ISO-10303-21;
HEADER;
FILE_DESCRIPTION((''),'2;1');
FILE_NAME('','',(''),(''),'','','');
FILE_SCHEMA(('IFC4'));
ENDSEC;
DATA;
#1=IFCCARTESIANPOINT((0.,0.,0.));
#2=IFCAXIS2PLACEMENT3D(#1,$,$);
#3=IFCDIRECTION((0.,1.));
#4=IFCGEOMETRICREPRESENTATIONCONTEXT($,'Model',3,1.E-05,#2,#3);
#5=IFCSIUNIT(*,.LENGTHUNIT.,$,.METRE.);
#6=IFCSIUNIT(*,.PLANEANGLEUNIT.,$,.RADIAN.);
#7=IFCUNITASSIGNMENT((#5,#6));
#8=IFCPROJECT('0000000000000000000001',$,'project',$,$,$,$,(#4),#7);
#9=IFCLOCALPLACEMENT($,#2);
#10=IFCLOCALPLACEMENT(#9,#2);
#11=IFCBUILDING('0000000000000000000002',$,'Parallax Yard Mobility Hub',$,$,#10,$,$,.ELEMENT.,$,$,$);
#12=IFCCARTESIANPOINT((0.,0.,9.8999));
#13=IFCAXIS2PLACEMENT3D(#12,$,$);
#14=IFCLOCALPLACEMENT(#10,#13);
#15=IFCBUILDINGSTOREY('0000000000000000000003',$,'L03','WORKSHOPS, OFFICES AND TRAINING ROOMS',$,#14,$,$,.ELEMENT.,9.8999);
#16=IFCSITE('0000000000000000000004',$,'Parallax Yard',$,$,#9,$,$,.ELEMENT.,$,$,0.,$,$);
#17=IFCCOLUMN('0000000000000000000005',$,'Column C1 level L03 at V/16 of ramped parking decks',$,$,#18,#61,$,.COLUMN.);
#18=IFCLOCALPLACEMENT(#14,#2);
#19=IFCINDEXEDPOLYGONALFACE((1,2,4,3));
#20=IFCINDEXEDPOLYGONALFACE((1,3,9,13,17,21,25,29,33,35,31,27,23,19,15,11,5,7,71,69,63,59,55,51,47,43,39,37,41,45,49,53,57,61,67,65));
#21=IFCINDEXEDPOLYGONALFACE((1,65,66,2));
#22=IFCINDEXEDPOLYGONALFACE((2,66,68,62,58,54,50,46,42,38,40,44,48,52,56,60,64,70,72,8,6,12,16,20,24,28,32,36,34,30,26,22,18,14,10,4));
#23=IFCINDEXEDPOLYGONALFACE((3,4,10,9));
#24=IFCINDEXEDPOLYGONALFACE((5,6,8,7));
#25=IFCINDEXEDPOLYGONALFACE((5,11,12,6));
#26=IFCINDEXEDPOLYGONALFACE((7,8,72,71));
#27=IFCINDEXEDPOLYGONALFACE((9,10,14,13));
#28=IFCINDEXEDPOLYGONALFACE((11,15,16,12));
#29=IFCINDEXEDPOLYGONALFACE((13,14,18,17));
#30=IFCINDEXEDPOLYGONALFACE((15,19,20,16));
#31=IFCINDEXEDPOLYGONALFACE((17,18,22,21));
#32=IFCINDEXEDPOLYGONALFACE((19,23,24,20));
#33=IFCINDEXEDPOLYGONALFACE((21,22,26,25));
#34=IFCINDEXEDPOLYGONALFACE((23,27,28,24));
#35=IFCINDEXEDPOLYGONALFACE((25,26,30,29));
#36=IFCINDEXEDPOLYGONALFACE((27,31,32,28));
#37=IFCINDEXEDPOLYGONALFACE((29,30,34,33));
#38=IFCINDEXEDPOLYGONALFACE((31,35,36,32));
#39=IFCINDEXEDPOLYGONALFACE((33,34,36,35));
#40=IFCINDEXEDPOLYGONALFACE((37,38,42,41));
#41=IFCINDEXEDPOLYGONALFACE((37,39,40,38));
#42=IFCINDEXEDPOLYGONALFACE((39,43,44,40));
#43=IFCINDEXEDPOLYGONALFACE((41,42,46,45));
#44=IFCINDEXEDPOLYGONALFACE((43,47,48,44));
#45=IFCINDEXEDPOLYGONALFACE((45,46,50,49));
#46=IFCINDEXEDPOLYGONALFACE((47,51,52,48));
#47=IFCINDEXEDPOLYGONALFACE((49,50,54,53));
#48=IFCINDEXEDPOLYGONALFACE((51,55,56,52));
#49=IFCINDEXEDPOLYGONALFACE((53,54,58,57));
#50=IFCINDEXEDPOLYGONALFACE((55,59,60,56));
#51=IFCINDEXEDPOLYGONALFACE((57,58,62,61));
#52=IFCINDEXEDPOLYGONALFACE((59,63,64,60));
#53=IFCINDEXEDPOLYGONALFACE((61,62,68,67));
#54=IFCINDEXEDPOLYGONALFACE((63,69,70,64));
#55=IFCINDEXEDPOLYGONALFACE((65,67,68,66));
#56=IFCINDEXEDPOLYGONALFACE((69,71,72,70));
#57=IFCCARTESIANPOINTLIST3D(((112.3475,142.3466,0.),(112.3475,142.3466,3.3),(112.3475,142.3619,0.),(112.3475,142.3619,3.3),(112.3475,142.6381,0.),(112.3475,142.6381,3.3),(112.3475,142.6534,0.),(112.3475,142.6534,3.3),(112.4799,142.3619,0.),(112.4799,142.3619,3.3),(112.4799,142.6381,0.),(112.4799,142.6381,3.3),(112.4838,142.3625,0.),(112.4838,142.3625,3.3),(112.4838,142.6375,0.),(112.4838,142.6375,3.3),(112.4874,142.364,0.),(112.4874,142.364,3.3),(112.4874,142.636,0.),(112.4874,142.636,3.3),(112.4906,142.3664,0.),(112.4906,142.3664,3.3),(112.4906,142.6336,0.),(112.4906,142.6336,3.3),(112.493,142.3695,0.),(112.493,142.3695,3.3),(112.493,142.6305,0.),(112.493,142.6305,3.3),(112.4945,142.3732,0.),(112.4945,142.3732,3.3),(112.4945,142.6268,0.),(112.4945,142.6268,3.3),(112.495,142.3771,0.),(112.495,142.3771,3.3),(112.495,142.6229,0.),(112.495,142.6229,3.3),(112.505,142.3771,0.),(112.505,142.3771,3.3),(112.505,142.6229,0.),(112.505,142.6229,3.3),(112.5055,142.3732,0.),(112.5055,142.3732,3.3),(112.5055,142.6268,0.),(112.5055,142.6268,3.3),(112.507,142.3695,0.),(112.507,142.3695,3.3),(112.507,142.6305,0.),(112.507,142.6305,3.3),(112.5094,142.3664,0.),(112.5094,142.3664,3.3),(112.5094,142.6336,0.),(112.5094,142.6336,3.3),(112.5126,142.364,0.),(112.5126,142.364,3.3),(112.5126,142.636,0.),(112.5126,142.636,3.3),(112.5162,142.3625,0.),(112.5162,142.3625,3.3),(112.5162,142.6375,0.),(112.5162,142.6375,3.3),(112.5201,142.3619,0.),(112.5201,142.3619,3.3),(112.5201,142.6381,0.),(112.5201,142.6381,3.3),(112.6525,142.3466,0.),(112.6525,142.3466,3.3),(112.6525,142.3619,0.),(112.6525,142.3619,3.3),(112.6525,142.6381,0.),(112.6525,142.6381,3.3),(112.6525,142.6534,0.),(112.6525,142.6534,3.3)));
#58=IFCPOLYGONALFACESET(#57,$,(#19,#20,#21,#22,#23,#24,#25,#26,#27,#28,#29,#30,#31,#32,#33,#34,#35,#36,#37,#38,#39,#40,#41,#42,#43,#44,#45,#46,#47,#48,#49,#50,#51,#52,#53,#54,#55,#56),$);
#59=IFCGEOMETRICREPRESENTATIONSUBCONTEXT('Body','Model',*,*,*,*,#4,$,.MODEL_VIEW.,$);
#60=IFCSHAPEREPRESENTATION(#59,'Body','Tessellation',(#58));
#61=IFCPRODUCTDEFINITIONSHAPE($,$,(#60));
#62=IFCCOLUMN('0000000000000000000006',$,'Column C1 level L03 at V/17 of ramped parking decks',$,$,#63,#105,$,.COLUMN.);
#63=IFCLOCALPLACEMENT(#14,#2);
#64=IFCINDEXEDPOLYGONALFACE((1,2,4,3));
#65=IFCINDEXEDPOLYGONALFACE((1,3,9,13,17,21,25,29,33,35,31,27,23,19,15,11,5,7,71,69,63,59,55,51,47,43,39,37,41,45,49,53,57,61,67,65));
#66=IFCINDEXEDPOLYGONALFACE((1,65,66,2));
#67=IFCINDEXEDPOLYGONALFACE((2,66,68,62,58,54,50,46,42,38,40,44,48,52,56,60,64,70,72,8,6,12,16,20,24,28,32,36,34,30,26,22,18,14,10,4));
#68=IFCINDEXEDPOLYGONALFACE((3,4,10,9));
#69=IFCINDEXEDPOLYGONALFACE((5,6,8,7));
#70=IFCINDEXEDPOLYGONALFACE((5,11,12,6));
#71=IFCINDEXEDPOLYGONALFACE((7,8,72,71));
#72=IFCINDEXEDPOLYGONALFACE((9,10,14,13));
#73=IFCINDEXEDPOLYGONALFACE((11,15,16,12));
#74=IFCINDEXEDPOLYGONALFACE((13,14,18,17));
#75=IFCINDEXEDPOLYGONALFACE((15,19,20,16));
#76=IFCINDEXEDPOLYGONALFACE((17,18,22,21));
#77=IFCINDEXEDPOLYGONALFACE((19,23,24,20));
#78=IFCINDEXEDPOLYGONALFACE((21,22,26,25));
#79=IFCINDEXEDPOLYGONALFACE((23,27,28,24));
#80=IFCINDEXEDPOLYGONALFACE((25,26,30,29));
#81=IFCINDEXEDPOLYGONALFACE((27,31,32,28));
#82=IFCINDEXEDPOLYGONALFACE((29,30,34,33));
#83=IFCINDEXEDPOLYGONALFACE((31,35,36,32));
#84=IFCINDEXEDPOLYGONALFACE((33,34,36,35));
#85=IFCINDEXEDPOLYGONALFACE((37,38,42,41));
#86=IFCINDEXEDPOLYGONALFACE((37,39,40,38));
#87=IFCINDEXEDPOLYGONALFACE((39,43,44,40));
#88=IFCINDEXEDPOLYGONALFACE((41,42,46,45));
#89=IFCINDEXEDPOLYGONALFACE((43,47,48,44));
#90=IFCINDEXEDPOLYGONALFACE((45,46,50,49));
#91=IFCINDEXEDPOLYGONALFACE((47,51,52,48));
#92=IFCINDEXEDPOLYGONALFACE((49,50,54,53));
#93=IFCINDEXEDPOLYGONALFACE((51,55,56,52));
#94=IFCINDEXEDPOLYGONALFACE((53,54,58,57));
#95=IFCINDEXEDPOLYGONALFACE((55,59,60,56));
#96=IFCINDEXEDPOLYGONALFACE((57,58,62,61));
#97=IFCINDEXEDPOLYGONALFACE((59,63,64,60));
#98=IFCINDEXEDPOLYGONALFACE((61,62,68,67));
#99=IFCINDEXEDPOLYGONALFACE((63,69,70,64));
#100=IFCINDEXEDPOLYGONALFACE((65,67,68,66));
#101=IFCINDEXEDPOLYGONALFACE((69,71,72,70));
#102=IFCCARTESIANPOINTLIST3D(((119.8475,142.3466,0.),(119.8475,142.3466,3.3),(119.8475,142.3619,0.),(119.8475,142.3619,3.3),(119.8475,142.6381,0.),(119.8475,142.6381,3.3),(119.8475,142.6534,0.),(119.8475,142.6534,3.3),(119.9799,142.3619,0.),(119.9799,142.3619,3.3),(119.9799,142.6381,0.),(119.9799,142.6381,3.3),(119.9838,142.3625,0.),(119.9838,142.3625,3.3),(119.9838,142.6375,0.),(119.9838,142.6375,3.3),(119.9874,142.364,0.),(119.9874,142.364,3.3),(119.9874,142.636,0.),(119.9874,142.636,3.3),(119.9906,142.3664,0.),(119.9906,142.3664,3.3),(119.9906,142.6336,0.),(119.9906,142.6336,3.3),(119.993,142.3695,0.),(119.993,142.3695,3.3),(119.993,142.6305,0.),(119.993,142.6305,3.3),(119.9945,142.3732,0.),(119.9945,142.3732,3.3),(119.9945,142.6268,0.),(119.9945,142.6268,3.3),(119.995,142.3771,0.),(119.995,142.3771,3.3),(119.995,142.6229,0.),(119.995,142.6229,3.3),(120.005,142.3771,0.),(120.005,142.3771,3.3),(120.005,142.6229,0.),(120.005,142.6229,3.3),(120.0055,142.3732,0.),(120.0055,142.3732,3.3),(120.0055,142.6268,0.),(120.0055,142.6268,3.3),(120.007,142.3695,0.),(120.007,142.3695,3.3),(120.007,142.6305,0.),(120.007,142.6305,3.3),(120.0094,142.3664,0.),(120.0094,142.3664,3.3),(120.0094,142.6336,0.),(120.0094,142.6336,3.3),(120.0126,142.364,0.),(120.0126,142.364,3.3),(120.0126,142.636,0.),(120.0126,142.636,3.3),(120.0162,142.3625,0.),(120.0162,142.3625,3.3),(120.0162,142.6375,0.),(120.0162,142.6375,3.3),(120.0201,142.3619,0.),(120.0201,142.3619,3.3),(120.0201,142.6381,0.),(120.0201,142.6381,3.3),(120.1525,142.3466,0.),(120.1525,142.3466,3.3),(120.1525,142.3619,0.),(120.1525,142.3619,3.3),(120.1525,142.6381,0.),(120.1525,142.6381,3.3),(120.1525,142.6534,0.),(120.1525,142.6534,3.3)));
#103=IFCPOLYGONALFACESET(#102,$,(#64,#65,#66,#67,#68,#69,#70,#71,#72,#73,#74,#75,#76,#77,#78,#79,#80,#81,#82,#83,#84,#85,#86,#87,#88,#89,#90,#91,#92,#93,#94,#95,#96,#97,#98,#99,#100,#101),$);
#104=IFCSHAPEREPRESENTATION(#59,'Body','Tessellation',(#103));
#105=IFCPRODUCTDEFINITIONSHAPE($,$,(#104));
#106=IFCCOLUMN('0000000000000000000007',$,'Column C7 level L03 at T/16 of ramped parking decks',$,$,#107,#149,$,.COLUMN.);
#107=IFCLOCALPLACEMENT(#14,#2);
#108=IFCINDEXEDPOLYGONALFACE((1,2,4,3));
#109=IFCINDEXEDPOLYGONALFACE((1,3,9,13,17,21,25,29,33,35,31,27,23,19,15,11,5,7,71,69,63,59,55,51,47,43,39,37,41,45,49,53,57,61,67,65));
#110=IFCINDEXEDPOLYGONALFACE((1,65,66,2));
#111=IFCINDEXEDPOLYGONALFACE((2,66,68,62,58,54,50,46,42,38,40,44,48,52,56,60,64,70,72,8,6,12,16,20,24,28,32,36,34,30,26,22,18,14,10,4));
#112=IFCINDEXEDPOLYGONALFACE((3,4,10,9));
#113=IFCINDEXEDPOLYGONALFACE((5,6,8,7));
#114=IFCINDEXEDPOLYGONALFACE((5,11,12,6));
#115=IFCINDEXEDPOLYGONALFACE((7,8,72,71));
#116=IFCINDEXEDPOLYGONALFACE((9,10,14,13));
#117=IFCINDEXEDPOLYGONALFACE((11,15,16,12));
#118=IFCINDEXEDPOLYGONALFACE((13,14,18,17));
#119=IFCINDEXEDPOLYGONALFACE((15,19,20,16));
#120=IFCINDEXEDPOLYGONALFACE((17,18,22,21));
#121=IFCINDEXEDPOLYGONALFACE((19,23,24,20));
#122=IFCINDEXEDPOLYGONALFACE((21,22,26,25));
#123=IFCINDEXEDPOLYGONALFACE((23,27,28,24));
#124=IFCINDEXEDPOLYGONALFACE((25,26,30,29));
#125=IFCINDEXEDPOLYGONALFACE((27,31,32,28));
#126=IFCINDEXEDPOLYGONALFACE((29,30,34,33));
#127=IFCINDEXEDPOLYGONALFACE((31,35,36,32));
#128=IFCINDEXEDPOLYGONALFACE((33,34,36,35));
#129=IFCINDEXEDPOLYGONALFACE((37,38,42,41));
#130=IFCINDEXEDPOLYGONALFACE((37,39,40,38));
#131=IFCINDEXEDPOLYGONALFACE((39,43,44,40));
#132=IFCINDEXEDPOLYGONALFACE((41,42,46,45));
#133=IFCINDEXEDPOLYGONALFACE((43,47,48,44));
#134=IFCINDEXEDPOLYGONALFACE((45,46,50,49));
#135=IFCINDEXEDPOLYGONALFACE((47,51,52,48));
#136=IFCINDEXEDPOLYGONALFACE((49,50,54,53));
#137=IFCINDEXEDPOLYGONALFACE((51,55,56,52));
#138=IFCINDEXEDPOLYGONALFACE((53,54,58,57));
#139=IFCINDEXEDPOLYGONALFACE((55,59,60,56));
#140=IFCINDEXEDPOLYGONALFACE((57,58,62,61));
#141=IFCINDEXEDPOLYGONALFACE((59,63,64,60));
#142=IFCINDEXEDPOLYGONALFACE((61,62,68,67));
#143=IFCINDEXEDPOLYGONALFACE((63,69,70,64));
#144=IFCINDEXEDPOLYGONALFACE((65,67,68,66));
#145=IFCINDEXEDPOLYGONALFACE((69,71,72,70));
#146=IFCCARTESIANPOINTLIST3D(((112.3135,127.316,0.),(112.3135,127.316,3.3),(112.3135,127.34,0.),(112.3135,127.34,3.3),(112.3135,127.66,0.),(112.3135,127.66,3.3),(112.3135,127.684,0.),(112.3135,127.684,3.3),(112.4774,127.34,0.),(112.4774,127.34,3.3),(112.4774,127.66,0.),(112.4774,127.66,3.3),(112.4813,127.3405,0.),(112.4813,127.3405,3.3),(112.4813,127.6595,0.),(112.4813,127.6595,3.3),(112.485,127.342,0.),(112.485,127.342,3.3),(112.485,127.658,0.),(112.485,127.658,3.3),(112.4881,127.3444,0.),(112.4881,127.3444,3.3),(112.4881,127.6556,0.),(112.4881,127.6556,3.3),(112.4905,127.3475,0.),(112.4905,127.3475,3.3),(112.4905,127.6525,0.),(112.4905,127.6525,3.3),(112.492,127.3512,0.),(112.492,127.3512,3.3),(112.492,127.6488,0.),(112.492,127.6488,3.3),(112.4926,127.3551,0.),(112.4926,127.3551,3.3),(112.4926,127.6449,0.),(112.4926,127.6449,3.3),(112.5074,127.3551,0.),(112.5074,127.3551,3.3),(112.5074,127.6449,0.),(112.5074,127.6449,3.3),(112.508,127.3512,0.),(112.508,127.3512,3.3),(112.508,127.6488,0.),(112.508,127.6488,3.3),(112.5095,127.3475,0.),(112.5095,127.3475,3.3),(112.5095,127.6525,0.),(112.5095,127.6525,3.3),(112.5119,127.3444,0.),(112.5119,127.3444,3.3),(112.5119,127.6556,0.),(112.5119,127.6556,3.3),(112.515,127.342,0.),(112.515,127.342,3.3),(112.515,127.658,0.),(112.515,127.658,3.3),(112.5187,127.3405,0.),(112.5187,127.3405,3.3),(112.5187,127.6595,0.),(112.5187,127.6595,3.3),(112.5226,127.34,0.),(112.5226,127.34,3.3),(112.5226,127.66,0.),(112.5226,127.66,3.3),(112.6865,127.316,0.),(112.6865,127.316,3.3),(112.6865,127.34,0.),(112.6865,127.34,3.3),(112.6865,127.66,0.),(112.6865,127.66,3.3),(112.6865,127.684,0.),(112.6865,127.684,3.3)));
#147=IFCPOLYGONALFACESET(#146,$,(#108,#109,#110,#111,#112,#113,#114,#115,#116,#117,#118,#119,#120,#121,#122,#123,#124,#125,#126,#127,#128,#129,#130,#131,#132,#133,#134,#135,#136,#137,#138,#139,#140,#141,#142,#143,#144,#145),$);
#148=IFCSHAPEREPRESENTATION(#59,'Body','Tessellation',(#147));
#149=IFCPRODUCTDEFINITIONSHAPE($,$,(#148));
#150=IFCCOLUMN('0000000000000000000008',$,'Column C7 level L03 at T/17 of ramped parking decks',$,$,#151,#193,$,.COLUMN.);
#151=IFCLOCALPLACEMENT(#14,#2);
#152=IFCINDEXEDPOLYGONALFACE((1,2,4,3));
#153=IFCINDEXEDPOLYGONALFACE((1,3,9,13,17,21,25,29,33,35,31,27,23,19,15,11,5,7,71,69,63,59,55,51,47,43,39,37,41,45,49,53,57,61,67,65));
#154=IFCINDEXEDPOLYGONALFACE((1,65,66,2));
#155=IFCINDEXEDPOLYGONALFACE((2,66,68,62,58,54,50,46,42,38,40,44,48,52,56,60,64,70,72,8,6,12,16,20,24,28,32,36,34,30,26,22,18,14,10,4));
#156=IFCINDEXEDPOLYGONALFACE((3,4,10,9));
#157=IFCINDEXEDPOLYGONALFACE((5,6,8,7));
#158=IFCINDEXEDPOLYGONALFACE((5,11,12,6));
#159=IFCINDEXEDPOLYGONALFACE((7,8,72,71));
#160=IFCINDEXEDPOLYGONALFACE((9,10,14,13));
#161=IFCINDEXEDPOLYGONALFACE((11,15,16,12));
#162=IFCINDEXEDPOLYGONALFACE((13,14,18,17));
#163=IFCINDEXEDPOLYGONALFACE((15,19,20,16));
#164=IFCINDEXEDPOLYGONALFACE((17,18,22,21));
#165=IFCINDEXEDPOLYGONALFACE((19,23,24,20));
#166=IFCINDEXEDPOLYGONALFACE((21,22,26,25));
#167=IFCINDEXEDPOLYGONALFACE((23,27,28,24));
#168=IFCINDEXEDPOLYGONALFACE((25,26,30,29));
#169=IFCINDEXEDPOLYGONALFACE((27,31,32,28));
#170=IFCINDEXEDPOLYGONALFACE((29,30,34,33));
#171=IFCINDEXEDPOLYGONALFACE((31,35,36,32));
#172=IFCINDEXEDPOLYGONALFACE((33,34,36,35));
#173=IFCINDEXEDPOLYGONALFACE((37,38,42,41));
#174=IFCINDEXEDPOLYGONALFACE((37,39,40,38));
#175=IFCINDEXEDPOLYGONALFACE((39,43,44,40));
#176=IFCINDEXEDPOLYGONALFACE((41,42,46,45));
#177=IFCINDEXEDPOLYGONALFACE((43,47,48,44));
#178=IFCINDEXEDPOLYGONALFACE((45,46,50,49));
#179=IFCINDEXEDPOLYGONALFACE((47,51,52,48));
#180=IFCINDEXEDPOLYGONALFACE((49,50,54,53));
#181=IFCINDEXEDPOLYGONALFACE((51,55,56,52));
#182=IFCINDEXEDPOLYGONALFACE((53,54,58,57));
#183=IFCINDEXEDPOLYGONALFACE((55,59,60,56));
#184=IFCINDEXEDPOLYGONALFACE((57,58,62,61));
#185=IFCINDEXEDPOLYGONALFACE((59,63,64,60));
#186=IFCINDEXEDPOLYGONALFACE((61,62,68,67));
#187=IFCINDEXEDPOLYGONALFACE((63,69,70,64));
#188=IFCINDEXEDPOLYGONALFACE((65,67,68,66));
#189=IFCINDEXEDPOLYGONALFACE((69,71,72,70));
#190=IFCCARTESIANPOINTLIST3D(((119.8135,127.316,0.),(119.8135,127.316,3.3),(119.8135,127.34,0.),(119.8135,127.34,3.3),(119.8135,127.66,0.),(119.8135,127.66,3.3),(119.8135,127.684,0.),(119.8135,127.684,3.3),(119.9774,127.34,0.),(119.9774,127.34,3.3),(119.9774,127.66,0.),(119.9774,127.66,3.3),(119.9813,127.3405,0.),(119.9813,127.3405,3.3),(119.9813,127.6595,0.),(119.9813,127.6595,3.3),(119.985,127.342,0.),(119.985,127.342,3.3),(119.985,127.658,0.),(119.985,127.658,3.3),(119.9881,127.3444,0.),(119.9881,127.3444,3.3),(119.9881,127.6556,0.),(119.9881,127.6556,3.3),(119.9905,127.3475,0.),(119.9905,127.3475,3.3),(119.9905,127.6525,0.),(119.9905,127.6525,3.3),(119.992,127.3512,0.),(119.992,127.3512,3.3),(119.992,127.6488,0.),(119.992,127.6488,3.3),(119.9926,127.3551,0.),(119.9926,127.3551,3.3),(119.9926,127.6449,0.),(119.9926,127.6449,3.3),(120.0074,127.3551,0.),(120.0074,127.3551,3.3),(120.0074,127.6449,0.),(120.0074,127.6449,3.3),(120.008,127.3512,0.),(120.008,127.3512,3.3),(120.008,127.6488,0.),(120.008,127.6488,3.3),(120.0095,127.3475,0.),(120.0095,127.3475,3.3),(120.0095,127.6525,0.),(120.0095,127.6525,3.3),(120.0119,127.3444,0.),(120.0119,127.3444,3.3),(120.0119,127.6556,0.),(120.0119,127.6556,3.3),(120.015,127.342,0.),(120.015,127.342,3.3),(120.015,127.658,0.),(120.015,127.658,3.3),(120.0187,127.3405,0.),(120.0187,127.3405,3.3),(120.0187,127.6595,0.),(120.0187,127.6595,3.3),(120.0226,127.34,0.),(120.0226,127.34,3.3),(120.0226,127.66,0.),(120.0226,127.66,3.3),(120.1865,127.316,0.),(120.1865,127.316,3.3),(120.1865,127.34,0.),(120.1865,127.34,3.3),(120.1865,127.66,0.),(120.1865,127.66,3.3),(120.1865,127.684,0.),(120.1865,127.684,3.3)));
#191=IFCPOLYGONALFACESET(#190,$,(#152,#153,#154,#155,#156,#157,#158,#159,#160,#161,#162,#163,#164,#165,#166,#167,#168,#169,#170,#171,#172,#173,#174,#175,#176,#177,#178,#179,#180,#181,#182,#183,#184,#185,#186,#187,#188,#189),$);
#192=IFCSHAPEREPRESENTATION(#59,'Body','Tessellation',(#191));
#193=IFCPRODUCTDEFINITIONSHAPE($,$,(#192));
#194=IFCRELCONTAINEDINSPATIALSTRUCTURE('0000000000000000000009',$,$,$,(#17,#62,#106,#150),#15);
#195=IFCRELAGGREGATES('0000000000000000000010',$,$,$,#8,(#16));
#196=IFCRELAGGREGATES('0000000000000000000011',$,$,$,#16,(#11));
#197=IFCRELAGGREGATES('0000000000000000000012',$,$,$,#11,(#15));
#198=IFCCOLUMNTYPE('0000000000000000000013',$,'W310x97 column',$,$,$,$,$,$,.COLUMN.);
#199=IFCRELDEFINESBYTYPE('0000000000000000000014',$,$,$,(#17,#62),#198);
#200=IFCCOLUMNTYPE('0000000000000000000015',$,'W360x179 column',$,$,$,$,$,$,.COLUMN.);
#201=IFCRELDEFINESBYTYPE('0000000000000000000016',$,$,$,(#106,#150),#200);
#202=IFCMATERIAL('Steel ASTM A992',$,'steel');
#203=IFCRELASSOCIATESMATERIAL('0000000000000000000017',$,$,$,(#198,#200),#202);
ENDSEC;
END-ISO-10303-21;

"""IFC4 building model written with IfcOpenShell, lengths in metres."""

from ifc_helpers import new_model, si_unit, direction, frame, origin, origin_2d, place, context, subcontext, project, spatial, i_section, extrude, material, material_profile, profile_set, type_object, element, save


model = new_model("IFC4")

# Units and contexts
model_context = context("Model", 3, precision=1e-05, world=origin(), true_north=direction((0.0, 1.0)))
body_context = subcontext(model_context, "Body", "Model", "MODEL_VIEW")
ifc_project = project(units=[si_unit("LENGTHUNIT", "METRE"), si_unit("PLANEANGLEUNIT", "RADIAN")], contexts=[model_context])

# Site, building, storey
site_placement = place(None, origin())
site = spatial("IfcSite", under=ifc_project, at=site_placement, Name="Parallax Yard", CompositionType="ELEMENT", RefElevation=0.0)
building_placement = place(site_placement, origin())
building = spatial("IfcBuilding", under=site, at=building_placement, Name="Parallax Yard Mobility Hub", CompositionType="ELEMENT")
storey_placement = place(building_placement, frame((0.0, 0.0, 9.8999)))
storey = spatial("IfcBuildingStorey", under=building, at=storey_placement, Name="L03", Description="WORKSHOPS, OFFICES AND TRAINING ROOMS", CompositionType="ELEMENT", Elevation=9.8999)

# Columns
ifc_material_1 = material(Name="Steel ASTM A992", Category="steel")
ifc_material_profile_1 = material_profile(ifc_material_1, i_section(OverallWidth=0.3049, OverallDepth=0.3069, WebThickness=0.01, FlangeThickness=0.0154, FilletRadius=0.0151, at=origin_2d()), Name="W310x97")
ifc_profile_set_1 = profile_set([ifc_material_profile_1], Name="Steel ASTM A992")
column_type_1 = type_object("IfcColumnType", Name="W310x97 column", PredefinedType="COLUMN", material=ifc_profile_set_1)
for number, where, z_axis, x_axis, name in (
    (1, (112.5, 142.5, 0.0), (0.0, 0.0, 1.0), (1.0, 0.0, 0.0), "Column C1 level L03 at V/16 of ramped parking decks"),
    (2, (120.0, 142.5, 0.0), (0.0, 0.0, 1.0), (1.0, 0.0, 0.0), "Column C1 level L03 at V/17 of ramped parking decks"),
):
    element("IfcColumn", number, at=place(storey_placement, frame(where, z_axis=z_axis, x_axis=x_axis)), inside=storey, type_object=column_type_1, Name=name, PredefinedType="COLUMN", context=body_context, shape_type="SweptSolid", body=[
        extrude(i_section(OverallWidth=0.3049, OverallDepth=0.3069, WebThickness=0.01, FlangeThickness=0.0154, FilletRadius=0.0151, at=origin_2d()), origin(), (0.0, 0.0, 1.0), 3.3),
    ])
ifc_material_profile_2 = material_profile(ifc_material_1, i_section(OverallWidth=0.373, OverallDepth=0.3679, WebThickness=0.0149, FlangeThickness=0.0239, FilletRadius=0.0151, at=origin_2d()), Name="W360x179")
ifc_profile_set_2 = profile_set([ifc_material_profile_2], Name="Steel ASTM A992")
column_type_2 = type_object("IfcColumnType", Name="W360x179 column", PredefinedType="COLUMN", material=ifc_profile_set_2)
for number, where, z_axis, x_axis, name in (
    (3, (112.5, 127.5, 0.0), (0.0, 0.0, 1.0), (1.0, 0.0, 0.0), "Column C7 level L03 at T/16 of ramped parking decks"),
    (4, (120.0, 127.5, 0.0), (0.0, 0.0, 1.0), (1.0, 0.0, 0.0), "Column C7 level L03 at T/17 of ramped parking decks"),
):
    element("IfcColumn", number, at=place(storey_placement, frame(where, z_axis=z_axis, x_axis=x_axis)), inside=storey, type_object=column_type_2, Name=name, PredefinedType="COLUMN", context=body_context, shape_type="SweptSolid", body=[
        extrude(i_section(OverallWidth=0.373, OverallDepth=0.3679, WebThickness=0.0149, FlangeThickness=0.0239, FilletRadius=0.0151, at=origin_2d()), origin(), (0.0, 0.0, 1.0), 3.3),
    ])

save(model, "model.ifc")
